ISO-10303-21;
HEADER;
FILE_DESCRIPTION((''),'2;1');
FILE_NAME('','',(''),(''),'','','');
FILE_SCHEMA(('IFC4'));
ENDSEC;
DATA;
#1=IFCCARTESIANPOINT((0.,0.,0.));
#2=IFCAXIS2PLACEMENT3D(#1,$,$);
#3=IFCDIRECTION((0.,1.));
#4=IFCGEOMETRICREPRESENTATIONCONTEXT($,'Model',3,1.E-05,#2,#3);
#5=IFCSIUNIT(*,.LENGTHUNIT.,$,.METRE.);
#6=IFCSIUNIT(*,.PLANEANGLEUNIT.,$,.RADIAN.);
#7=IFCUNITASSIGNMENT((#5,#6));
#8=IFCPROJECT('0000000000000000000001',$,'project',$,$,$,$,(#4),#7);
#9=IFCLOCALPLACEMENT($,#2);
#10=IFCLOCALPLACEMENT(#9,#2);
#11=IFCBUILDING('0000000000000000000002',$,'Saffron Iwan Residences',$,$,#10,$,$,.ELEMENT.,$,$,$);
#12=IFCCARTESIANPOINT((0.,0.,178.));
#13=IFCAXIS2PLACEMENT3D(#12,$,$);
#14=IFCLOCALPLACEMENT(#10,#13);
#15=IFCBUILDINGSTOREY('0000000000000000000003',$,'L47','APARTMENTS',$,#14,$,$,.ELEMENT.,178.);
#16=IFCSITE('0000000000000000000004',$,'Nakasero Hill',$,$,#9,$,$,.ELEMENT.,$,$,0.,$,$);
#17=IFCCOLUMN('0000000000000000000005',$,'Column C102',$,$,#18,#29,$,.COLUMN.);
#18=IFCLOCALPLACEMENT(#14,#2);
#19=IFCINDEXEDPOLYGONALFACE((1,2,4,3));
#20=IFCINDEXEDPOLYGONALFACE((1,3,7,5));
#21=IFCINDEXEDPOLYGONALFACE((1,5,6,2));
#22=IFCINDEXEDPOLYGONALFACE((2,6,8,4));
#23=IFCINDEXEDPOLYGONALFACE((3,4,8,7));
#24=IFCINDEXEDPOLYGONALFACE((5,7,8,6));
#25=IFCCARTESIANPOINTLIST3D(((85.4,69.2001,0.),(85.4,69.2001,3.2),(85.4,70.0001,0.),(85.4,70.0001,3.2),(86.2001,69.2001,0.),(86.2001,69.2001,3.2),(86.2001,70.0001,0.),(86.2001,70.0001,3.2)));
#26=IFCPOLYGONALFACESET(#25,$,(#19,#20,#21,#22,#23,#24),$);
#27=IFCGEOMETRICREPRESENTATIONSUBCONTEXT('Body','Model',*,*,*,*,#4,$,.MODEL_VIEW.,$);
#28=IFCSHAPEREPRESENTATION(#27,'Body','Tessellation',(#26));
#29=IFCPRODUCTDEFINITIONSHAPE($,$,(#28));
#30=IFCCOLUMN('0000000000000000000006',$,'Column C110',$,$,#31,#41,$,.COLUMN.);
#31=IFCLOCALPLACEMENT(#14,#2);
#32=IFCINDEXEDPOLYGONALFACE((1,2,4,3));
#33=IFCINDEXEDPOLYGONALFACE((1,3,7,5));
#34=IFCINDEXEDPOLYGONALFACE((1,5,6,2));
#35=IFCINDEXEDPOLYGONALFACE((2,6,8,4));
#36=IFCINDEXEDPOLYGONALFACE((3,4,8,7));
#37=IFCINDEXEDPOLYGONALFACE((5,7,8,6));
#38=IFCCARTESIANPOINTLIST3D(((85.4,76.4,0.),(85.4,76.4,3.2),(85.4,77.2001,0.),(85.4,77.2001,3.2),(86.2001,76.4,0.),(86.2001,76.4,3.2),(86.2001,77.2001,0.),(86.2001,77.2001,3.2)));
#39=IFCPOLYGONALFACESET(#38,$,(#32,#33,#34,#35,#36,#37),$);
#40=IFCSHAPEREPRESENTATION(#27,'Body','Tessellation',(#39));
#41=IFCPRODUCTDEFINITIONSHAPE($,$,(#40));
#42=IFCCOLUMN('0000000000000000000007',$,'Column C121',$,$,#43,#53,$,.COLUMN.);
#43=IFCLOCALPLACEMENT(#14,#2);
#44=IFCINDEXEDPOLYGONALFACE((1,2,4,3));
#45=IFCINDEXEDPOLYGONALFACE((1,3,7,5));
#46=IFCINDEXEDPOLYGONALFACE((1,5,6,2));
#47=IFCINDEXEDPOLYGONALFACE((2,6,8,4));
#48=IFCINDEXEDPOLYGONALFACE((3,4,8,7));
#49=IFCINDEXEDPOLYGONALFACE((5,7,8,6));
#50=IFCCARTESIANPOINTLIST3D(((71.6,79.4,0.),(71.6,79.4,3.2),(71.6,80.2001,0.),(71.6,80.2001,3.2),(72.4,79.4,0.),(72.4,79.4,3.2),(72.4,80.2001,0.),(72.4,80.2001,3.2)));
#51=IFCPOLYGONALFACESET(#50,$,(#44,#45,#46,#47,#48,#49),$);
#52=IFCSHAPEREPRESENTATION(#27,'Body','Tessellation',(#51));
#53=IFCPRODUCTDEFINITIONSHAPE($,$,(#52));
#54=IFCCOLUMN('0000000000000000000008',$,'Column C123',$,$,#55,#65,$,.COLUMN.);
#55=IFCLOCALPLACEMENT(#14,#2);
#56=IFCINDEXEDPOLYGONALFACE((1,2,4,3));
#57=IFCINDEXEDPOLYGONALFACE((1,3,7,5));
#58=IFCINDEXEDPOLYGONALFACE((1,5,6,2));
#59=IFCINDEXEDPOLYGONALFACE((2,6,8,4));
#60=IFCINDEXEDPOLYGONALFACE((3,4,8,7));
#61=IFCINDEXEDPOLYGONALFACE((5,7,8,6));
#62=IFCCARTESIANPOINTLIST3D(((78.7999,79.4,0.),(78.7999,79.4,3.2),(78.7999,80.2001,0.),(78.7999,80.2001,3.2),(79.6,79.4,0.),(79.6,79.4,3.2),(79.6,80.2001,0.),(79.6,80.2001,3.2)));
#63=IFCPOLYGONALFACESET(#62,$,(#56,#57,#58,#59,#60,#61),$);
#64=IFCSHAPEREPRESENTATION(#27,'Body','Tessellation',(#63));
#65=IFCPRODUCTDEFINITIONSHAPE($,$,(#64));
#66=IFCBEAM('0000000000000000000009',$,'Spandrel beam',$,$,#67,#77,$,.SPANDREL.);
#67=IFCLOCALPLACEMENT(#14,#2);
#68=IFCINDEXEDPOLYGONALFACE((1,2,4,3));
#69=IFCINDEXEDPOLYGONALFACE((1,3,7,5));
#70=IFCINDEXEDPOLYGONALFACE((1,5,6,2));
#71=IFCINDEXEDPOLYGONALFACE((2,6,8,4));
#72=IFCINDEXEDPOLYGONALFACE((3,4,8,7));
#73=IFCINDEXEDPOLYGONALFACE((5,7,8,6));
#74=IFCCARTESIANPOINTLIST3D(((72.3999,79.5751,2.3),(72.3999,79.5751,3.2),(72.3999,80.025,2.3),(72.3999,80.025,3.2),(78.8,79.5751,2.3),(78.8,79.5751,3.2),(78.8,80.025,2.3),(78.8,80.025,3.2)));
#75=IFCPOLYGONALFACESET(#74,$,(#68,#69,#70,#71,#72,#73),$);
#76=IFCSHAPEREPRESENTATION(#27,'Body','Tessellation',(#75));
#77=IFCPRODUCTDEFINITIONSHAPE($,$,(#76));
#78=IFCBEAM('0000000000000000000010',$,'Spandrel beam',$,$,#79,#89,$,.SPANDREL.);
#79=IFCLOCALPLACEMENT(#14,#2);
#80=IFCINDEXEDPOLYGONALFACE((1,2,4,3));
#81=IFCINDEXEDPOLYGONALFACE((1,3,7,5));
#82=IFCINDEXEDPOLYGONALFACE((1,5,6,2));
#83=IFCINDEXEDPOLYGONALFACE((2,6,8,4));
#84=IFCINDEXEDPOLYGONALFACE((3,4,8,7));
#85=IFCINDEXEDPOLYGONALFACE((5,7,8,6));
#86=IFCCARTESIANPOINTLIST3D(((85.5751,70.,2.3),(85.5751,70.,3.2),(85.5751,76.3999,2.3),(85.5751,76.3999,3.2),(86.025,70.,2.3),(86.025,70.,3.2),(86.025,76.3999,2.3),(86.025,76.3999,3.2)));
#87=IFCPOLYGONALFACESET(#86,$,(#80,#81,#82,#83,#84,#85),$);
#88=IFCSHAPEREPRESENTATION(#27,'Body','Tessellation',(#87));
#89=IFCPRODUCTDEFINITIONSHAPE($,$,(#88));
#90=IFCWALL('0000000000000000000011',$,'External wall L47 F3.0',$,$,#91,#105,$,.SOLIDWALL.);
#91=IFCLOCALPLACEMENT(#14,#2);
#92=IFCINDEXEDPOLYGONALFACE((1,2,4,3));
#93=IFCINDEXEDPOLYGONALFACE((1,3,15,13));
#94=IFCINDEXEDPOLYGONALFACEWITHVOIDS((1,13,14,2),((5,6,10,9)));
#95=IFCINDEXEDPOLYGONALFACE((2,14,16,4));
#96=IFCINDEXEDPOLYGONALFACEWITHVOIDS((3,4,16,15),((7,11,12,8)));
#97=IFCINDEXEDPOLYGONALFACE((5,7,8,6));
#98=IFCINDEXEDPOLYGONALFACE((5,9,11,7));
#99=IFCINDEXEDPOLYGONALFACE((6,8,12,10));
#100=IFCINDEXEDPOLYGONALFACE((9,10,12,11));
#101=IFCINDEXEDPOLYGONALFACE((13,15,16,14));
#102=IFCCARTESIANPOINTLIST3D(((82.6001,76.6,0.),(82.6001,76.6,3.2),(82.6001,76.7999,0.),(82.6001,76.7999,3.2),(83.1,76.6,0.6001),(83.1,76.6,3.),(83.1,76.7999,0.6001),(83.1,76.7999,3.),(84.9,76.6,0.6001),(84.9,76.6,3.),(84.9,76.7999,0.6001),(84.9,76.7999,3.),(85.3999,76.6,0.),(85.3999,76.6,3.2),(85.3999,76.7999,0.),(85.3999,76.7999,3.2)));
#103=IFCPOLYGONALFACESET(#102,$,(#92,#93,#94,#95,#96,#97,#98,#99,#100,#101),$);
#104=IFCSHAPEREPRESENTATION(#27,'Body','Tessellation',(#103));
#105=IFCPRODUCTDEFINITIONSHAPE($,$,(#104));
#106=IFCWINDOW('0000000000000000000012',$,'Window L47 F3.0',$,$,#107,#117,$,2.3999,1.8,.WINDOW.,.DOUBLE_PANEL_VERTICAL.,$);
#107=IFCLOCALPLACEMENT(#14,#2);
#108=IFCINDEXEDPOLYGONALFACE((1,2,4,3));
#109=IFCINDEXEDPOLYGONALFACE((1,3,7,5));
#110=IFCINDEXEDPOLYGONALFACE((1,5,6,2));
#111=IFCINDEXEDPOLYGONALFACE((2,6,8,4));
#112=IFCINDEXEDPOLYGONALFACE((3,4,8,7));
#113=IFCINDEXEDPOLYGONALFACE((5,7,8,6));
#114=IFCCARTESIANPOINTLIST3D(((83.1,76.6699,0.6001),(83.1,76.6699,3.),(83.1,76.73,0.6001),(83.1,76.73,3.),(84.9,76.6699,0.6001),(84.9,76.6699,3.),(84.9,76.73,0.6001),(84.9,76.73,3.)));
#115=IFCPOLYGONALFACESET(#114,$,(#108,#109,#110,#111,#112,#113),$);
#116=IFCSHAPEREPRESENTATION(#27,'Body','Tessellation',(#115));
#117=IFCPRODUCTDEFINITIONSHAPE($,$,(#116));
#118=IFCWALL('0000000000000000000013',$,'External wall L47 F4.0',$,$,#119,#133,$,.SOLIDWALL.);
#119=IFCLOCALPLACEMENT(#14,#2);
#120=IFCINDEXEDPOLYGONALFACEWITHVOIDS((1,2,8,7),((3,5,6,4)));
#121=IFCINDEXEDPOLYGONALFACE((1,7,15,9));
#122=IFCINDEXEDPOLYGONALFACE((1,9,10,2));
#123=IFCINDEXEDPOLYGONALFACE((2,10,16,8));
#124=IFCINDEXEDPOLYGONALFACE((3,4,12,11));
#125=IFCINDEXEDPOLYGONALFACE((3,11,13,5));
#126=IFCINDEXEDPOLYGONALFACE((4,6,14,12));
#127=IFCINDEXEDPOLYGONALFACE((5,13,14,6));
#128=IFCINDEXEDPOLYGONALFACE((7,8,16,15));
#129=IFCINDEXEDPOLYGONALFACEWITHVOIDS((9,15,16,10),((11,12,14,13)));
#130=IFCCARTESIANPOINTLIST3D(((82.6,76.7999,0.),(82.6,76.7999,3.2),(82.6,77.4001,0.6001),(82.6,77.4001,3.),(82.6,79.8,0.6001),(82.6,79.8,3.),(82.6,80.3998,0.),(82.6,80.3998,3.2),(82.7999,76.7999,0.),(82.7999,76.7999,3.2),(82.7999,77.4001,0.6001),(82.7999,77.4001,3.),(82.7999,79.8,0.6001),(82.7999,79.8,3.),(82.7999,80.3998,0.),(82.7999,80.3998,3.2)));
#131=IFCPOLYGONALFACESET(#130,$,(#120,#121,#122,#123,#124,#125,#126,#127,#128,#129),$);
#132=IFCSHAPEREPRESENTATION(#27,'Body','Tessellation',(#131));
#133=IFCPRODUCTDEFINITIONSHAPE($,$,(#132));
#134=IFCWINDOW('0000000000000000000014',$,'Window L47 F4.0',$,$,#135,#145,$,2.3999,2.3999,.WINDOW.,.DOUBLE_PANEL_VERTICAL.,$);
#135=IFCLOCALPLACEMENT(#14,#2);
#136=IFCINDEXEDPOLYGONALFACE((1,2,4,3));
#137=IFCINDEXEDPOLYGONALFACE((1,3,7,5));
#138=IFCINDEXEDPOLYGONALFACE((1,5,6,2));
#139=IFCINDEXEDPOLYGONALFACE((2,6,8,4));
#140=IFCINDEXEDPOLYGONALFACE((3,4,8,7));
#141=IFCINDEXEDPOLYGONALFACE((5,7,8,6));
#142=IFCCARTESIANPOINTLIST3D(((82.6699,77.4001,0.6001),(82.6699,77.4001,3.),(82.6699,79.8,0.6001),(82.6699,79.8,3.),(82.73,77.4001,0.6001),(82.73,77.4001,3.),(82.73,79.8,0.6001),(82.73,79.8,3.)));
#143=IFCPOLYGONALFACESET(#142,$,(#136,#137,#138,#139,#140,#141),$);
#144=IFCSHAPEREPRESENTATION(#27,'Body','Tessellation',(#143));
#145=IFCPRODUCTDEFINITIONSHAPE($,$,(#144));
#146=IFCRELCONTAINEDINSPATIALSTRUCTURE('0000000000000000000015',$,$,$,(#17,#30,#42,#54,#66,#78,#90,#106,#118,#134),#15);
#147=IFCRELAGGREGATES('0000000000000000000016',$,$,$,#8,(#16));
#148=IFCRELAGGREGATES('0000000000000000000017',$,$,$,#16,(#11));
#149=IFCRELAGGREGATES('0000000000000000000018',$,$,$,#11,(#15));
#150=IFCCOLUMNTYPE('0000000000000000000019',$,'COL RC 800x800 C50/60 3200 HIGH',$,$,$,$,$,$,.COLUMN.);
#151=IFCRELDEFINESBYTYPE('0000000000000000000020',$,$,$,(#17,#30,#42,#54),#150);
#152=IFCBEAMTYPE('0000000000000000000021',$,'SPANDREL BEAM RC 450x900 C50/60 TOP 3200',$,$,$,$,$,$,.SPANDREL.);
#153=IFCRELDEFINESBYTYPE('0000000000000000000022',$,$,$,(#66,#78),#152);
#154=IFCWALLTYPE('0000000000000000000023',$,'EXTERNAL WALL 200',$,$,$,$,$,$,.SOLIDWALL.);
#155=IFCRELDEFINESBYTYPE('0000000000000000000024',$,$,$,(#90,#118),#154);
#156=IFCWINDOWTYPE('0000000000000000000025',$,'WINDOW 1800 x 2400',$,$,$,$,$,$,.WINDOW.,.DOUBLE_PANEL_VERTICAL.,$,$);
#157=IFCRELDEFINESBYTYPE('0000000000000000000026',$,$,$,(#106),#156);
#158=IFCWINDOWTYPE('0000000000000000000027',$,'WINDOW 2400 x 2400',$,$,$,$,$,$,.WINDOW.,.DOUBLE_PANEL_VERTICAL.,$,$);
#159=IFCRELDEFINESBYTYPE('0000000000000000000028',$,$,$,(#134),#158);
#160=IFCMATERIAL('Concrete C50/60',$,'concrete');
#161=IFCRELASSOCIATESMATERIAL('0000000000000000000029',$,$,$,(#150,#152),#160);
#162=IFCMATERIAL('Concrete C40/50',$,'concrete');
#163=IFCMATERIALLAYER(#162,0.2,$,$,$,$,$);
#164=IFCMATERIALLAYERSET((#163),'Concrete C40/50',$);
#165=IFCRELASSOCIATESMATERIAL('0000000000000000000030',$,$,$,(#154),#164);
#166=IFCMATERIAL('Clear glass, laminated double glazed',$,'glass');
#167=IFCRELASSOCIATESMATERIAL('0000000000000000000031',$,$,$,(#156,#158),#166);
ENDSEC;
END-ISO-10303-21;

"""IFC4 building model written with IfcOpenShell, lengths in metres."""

from ifc_helpers import new_model, si_unit, direction, frame, frame_2d, origin, origin_2d, place, context, subcontext, project, spatial, rectangle, extrude, source, transform, mapped, material, layer, layer_set, material_profile, profile_set, type_object, element, fill, save


model = new_model("IFC4")

# Units and contexts
model_context = context("Model", 3, precision=1e-05, world=origin(), true_north=direction((0.0, 1.0)))
body_context = subcontext(model_context, "Body", "Model", "MODEL_VIEW")
ifc_project = project(units=[si_unit("LENGTHUNIT", "METRE"), si_unit("PLANEANGLEUNIT", "RADIAN")], contexts=[model_context])

# Site, building, storey
site_placement = place(None, origin())
site = spatial("IfcSite", under=ifc_project, at=site_placement, Name="Nakasero Hill", CompositionType="ELEMENT", RefElevation=0.0)
building_placement = place(site_placement, origin())
building = spatial("IfcBuilding", under=site, at=building_placement, Name="Saffron Iwan Residences", CompositionType="ELEMENT")
storey_placement = place(building_placement, frame((0.0, 0.0, 178.0)))
storey = spatial("IfcBuildingStorey", under=building, at=storey_placement, Name="L47", Description="APARTMENTS", CompositionType="ELEMENT", Elevation=178.0)

# Columns
ifc_material_1 = material(Name="Concrete C50/60", Category="concrete")
ifc_material_profile_1 = material_profile(ifc_material_1, rectangle(XDim=0.8, YDim=0.8, at=origin_2d()), Name="RC 800x800")
ifc_profile_set_1 = profile_set([ifc_material_profile_1], Name="Concrete C50/60")
column_type = type_object("IfcColumnType", Name="COL RC 800x800 C50/60 3200 HIGH", PredefinedType="COLUMN", material=ifc_profile_set_1)
shared_shape_1 = source(origin(), body_context, "Body", "SweptSolid", [
    extrude(rectangle(XDim=0.8, YDim=0.8, at=origin_2d()), origin(), (0.0, 0.0, 1.0), 3.2),
])
for number, where, z_axis, x_axis, name in (
    (1, (85.8, 69.6001, 0.0), (0.0, 0.0, 1.0), (1.0, 0.0, 0.0), "Column C102"),
    (2, (85.8, 76.8, 0.0), (0.0, 0.0, 1.0), (1.0, 0.0, 0.0), "Column C110"),
    (3, (72.0, 79.8, 0.0), (0.0, 0.0, 1.0), (1.0, 0.0, 0.0), "Column C121"),
    (4, (79.2, 79.8, 0.0), (0.0, 0.0, 1.0), (1.0, 0.0, 0.0), "Column C123"),
):
    element("IfcColumn", number, at=place(storey_placement, frame(where, z_axis=z_axis, x_axis=x_axis)), inside=storey, type_object=column_type, Name=name, PredefinedType="COLUMN", context=body_context, shape_type="MappedRepresentation", body=[
        mapped(shared_shape_1, transform((0.0, 0.0, 0.0))),
    ])

# Beams
ifc_material_profile_2 = material_profile(ifc_material_1, rectangle(XDim=0.45, YDim=0.8999, at=origin_2d()), Name="RC 450x900")
ifc_profile_set_2 = profile_set([ifc_material_profile_2], Name="Concrete C50/60")
beam_type = type_object("IfcBeamType", Name="SPANDREL BEAM RC 450x900 C50/60 TOP 3200", PredefinedType="SPANDREL", material=ifc_profile_set_2)
shared_shape_2 = source(origin(), body_context, "Body", "SweptSolid", [
    extrude(rectangle(XDim=0.45, YDim=0.8999, at=origin_2d()), origin(), (0.0, 0.0, 1.0), 6.4001),
])
beam_1_placement = place(storey_placement, frame((72.3999, 79.8, 2.75), z_axis=(1.0, 0.0, 0.0), x_axis=(0.0, 1.0, 0.0)))
element("IfcBeam", 5, at=beam_1_placement, inside=storey, type_object=beam_type, Name="Spandrel beam", PredefinedType="SPANDREL", context=body_context, shape_type="MappedRepresentation", body=[
    mapped(shared_shape_2, transform((0.0, 0.0, 0.0))),
])
shared_shape_3 = source(origin(), body_context, "Body", "SweptSolid", [
    extrude(rectangle(XDim=0.45, YDim=0.8999, at=origin_2d()), origin(), (0.0, 0.0, 1.0), 6.3999),
])
beam_2_placement = place(storey_placement, frame((85.8, 76.3999, 2.75), z_axis=(0.0, -1.0, 0.0), x_axis=(1.0, 0.0, 0.0)))
element("IfcBeam", 6, at=beam_2_placement, inside=storey, type_object=beam_type, Name="Spandrel beam", PredefinedType="SPANDREL", context=body_context, shape_type="MappedRepresentation", body=[
    mapped(shared_shape_3, transform((0.0, 0.0, 0.0))),
])

# Walls, openings, windows
ifc_material_2 = material(Name="Concrete C40/50", Category="concrete")
ifc_layer_1 = layer(ifc_material_2, 0.2)
ifc_layer_set_1 = layer_set([ifc_layer_1], Name="Concrete C40/50")
wall_type_1 = type_object("IfcWallType", Name="EXTERNAL WALL 200", PredefinedType="SOLIDWALL", material=ifc_layer_set_1)
wall_1_placement = place(storey_placement, frame((85.3999, 76.7, 0.0), z_axis=(0.0, 0.0, 1.0), x_axis=(-1.0, 0.0, 0.0)))
wall_1 = element("IfcWall", 7, at=wall_1_placement, inside=storey, type_object=wall_type_1, Name="External wall L47 F3.0", PredefinedType="SOLIDWALL", context=body_context, shape_type="SweptSolid", body=[
    extrude(rectangle(XDim=2.7998, YDim=0.2, at=frame_2d((1.3999, 0.0))), origin(), (0.0, 0.0, 1.0), 3.2),
])
opening_1_placement = place(wall_1_placement, frame((0.5, 0.0, 0.6001)))
opening_1 = element("IfcOpeningElement", 8, at=opening_1_placement, cuts=wall_1, PredefinedType="OPENING", context=body_context, shape_type="SweptSolid", body=[
    extrude(rectangle(XDim=1.8, YDim=2.3999, at=frame_2d((0.8999, 1.2))), frame((0.0, 0.1099, 0.0), z_axis=(0.0, -1.0, 0.0), x_axis=(1.0, 0.0, 0.0)), (0.0, 0.0, 1.0), 0.22),
])
ifc_material_3 = material(Name="Clear glass, laminated double glazed", Category="glass")
window_type_1 = type_object("IfcWindowType", Name="WINDOW 1800 x 2400", PartitioningType="DOUBLE_PANEL_VERTICAL", PredefinedType="WINDOW", material=ifc_material_3)
window_1_placement = place(opening_1_placement, origin())
window_1 = element("IfcWindow", 9, at=window_1_placement, inside=storey, type_object=window_type_1, Name="Window L47 F3.0", OverallHeight=2.3999, OverallWidth=1.8, PartitioningType="DOUBLE_PANEL_VERTICAL", PredefinedType="WINDOW", context=body_context, shape_type="SweptSolid", body=[
    extrude(rectangle(XDim=1.8, YDim=2.3999, at=frame_2d((0.8999, 1.2))), frame((0.0, 0.03, 0.0), z_axis=(0.0, -1.0, 0.0), x_axis=(1.0, 0.0, 0.0)), (0.0, 0.0, 1.0), 0.0601),
])
fill(opening_1, window_1)
wall_2_placement = place(storey_placement, frame((82.7, 76.8, 0.0), z_axis=(0.0, 0.0, 1.0), x_axis=(0.0, 1.0, 0.0)))
wall_2 = element("IfcWall", 10, at=wall_2_placement, inside=storey, type_object=wall_type_1, Name="External wall L47 F4.0", PredefinedType="SOLIDWALL", context=body_context, shape_type="SweptSolid", body=[
    extrude(rectangle(XDim=3.5999, YDim=0.2, at=frame_2d((1.7998, 0.0))), origin(), (0.0, 0.0, 1.0), 3.2),
])
opening_2_placement = place(wall_2_placement, frame((0.6001, 0.0, 0.6001)))
opening_2 = element("IfcOpeningElement", 11, at=opening_2_placement, cuts=wall_2, PredefinedType="OPENING", context=body_context, shape_type="SweptSolid", body=[
    extrude(rectangle(XDim=2.3999, YDim=2.3999, at=frame_2d((1.2, 1.2))), frame((0.0, 0.1099, 0.0), z_axis=(0.0, -1.0, 0.0), x_axis=(1.0, 0.0, 0.0)), (0.0, 0.0, 1.0), 0.22),
])
window_type_2 = type_object("IfcWindowType", Name="WINDOW 2400 x 2400", PartitioningType="DOUBLE_PANEL_VERTICAL", PredefinedType="WINDOW", material=ifc_material_3)
window_2_placement = place(opening_2_placement, origin())
window_2 = element("IfcWindow", 12, at=window_2_placement, inside=storey, type_object=window_type_2, Name="Window L47 F4.0", OverallHeight=2.3999, OverallWidth=2.3999, PartitioningType="DOUBLE_PANEL_VERTICAL", PredefinedType="WINDOW", context=body_context, shape_type="SweptSolid", body=[
    extrude(rectangle(XDim=2.3999, YDim=2.3999, at=frame_2d((1.2, 1.2))), frame((0.0, 0.03, 0.0), z_axis=(0.0, -1.0, 0.0), x_axis=(1.0, 0.0, 0.0)), (0.0, 0.0, 1.0), 0.0601),
])
fill(opening_2, window_2)

save(model, "model.ifc")
